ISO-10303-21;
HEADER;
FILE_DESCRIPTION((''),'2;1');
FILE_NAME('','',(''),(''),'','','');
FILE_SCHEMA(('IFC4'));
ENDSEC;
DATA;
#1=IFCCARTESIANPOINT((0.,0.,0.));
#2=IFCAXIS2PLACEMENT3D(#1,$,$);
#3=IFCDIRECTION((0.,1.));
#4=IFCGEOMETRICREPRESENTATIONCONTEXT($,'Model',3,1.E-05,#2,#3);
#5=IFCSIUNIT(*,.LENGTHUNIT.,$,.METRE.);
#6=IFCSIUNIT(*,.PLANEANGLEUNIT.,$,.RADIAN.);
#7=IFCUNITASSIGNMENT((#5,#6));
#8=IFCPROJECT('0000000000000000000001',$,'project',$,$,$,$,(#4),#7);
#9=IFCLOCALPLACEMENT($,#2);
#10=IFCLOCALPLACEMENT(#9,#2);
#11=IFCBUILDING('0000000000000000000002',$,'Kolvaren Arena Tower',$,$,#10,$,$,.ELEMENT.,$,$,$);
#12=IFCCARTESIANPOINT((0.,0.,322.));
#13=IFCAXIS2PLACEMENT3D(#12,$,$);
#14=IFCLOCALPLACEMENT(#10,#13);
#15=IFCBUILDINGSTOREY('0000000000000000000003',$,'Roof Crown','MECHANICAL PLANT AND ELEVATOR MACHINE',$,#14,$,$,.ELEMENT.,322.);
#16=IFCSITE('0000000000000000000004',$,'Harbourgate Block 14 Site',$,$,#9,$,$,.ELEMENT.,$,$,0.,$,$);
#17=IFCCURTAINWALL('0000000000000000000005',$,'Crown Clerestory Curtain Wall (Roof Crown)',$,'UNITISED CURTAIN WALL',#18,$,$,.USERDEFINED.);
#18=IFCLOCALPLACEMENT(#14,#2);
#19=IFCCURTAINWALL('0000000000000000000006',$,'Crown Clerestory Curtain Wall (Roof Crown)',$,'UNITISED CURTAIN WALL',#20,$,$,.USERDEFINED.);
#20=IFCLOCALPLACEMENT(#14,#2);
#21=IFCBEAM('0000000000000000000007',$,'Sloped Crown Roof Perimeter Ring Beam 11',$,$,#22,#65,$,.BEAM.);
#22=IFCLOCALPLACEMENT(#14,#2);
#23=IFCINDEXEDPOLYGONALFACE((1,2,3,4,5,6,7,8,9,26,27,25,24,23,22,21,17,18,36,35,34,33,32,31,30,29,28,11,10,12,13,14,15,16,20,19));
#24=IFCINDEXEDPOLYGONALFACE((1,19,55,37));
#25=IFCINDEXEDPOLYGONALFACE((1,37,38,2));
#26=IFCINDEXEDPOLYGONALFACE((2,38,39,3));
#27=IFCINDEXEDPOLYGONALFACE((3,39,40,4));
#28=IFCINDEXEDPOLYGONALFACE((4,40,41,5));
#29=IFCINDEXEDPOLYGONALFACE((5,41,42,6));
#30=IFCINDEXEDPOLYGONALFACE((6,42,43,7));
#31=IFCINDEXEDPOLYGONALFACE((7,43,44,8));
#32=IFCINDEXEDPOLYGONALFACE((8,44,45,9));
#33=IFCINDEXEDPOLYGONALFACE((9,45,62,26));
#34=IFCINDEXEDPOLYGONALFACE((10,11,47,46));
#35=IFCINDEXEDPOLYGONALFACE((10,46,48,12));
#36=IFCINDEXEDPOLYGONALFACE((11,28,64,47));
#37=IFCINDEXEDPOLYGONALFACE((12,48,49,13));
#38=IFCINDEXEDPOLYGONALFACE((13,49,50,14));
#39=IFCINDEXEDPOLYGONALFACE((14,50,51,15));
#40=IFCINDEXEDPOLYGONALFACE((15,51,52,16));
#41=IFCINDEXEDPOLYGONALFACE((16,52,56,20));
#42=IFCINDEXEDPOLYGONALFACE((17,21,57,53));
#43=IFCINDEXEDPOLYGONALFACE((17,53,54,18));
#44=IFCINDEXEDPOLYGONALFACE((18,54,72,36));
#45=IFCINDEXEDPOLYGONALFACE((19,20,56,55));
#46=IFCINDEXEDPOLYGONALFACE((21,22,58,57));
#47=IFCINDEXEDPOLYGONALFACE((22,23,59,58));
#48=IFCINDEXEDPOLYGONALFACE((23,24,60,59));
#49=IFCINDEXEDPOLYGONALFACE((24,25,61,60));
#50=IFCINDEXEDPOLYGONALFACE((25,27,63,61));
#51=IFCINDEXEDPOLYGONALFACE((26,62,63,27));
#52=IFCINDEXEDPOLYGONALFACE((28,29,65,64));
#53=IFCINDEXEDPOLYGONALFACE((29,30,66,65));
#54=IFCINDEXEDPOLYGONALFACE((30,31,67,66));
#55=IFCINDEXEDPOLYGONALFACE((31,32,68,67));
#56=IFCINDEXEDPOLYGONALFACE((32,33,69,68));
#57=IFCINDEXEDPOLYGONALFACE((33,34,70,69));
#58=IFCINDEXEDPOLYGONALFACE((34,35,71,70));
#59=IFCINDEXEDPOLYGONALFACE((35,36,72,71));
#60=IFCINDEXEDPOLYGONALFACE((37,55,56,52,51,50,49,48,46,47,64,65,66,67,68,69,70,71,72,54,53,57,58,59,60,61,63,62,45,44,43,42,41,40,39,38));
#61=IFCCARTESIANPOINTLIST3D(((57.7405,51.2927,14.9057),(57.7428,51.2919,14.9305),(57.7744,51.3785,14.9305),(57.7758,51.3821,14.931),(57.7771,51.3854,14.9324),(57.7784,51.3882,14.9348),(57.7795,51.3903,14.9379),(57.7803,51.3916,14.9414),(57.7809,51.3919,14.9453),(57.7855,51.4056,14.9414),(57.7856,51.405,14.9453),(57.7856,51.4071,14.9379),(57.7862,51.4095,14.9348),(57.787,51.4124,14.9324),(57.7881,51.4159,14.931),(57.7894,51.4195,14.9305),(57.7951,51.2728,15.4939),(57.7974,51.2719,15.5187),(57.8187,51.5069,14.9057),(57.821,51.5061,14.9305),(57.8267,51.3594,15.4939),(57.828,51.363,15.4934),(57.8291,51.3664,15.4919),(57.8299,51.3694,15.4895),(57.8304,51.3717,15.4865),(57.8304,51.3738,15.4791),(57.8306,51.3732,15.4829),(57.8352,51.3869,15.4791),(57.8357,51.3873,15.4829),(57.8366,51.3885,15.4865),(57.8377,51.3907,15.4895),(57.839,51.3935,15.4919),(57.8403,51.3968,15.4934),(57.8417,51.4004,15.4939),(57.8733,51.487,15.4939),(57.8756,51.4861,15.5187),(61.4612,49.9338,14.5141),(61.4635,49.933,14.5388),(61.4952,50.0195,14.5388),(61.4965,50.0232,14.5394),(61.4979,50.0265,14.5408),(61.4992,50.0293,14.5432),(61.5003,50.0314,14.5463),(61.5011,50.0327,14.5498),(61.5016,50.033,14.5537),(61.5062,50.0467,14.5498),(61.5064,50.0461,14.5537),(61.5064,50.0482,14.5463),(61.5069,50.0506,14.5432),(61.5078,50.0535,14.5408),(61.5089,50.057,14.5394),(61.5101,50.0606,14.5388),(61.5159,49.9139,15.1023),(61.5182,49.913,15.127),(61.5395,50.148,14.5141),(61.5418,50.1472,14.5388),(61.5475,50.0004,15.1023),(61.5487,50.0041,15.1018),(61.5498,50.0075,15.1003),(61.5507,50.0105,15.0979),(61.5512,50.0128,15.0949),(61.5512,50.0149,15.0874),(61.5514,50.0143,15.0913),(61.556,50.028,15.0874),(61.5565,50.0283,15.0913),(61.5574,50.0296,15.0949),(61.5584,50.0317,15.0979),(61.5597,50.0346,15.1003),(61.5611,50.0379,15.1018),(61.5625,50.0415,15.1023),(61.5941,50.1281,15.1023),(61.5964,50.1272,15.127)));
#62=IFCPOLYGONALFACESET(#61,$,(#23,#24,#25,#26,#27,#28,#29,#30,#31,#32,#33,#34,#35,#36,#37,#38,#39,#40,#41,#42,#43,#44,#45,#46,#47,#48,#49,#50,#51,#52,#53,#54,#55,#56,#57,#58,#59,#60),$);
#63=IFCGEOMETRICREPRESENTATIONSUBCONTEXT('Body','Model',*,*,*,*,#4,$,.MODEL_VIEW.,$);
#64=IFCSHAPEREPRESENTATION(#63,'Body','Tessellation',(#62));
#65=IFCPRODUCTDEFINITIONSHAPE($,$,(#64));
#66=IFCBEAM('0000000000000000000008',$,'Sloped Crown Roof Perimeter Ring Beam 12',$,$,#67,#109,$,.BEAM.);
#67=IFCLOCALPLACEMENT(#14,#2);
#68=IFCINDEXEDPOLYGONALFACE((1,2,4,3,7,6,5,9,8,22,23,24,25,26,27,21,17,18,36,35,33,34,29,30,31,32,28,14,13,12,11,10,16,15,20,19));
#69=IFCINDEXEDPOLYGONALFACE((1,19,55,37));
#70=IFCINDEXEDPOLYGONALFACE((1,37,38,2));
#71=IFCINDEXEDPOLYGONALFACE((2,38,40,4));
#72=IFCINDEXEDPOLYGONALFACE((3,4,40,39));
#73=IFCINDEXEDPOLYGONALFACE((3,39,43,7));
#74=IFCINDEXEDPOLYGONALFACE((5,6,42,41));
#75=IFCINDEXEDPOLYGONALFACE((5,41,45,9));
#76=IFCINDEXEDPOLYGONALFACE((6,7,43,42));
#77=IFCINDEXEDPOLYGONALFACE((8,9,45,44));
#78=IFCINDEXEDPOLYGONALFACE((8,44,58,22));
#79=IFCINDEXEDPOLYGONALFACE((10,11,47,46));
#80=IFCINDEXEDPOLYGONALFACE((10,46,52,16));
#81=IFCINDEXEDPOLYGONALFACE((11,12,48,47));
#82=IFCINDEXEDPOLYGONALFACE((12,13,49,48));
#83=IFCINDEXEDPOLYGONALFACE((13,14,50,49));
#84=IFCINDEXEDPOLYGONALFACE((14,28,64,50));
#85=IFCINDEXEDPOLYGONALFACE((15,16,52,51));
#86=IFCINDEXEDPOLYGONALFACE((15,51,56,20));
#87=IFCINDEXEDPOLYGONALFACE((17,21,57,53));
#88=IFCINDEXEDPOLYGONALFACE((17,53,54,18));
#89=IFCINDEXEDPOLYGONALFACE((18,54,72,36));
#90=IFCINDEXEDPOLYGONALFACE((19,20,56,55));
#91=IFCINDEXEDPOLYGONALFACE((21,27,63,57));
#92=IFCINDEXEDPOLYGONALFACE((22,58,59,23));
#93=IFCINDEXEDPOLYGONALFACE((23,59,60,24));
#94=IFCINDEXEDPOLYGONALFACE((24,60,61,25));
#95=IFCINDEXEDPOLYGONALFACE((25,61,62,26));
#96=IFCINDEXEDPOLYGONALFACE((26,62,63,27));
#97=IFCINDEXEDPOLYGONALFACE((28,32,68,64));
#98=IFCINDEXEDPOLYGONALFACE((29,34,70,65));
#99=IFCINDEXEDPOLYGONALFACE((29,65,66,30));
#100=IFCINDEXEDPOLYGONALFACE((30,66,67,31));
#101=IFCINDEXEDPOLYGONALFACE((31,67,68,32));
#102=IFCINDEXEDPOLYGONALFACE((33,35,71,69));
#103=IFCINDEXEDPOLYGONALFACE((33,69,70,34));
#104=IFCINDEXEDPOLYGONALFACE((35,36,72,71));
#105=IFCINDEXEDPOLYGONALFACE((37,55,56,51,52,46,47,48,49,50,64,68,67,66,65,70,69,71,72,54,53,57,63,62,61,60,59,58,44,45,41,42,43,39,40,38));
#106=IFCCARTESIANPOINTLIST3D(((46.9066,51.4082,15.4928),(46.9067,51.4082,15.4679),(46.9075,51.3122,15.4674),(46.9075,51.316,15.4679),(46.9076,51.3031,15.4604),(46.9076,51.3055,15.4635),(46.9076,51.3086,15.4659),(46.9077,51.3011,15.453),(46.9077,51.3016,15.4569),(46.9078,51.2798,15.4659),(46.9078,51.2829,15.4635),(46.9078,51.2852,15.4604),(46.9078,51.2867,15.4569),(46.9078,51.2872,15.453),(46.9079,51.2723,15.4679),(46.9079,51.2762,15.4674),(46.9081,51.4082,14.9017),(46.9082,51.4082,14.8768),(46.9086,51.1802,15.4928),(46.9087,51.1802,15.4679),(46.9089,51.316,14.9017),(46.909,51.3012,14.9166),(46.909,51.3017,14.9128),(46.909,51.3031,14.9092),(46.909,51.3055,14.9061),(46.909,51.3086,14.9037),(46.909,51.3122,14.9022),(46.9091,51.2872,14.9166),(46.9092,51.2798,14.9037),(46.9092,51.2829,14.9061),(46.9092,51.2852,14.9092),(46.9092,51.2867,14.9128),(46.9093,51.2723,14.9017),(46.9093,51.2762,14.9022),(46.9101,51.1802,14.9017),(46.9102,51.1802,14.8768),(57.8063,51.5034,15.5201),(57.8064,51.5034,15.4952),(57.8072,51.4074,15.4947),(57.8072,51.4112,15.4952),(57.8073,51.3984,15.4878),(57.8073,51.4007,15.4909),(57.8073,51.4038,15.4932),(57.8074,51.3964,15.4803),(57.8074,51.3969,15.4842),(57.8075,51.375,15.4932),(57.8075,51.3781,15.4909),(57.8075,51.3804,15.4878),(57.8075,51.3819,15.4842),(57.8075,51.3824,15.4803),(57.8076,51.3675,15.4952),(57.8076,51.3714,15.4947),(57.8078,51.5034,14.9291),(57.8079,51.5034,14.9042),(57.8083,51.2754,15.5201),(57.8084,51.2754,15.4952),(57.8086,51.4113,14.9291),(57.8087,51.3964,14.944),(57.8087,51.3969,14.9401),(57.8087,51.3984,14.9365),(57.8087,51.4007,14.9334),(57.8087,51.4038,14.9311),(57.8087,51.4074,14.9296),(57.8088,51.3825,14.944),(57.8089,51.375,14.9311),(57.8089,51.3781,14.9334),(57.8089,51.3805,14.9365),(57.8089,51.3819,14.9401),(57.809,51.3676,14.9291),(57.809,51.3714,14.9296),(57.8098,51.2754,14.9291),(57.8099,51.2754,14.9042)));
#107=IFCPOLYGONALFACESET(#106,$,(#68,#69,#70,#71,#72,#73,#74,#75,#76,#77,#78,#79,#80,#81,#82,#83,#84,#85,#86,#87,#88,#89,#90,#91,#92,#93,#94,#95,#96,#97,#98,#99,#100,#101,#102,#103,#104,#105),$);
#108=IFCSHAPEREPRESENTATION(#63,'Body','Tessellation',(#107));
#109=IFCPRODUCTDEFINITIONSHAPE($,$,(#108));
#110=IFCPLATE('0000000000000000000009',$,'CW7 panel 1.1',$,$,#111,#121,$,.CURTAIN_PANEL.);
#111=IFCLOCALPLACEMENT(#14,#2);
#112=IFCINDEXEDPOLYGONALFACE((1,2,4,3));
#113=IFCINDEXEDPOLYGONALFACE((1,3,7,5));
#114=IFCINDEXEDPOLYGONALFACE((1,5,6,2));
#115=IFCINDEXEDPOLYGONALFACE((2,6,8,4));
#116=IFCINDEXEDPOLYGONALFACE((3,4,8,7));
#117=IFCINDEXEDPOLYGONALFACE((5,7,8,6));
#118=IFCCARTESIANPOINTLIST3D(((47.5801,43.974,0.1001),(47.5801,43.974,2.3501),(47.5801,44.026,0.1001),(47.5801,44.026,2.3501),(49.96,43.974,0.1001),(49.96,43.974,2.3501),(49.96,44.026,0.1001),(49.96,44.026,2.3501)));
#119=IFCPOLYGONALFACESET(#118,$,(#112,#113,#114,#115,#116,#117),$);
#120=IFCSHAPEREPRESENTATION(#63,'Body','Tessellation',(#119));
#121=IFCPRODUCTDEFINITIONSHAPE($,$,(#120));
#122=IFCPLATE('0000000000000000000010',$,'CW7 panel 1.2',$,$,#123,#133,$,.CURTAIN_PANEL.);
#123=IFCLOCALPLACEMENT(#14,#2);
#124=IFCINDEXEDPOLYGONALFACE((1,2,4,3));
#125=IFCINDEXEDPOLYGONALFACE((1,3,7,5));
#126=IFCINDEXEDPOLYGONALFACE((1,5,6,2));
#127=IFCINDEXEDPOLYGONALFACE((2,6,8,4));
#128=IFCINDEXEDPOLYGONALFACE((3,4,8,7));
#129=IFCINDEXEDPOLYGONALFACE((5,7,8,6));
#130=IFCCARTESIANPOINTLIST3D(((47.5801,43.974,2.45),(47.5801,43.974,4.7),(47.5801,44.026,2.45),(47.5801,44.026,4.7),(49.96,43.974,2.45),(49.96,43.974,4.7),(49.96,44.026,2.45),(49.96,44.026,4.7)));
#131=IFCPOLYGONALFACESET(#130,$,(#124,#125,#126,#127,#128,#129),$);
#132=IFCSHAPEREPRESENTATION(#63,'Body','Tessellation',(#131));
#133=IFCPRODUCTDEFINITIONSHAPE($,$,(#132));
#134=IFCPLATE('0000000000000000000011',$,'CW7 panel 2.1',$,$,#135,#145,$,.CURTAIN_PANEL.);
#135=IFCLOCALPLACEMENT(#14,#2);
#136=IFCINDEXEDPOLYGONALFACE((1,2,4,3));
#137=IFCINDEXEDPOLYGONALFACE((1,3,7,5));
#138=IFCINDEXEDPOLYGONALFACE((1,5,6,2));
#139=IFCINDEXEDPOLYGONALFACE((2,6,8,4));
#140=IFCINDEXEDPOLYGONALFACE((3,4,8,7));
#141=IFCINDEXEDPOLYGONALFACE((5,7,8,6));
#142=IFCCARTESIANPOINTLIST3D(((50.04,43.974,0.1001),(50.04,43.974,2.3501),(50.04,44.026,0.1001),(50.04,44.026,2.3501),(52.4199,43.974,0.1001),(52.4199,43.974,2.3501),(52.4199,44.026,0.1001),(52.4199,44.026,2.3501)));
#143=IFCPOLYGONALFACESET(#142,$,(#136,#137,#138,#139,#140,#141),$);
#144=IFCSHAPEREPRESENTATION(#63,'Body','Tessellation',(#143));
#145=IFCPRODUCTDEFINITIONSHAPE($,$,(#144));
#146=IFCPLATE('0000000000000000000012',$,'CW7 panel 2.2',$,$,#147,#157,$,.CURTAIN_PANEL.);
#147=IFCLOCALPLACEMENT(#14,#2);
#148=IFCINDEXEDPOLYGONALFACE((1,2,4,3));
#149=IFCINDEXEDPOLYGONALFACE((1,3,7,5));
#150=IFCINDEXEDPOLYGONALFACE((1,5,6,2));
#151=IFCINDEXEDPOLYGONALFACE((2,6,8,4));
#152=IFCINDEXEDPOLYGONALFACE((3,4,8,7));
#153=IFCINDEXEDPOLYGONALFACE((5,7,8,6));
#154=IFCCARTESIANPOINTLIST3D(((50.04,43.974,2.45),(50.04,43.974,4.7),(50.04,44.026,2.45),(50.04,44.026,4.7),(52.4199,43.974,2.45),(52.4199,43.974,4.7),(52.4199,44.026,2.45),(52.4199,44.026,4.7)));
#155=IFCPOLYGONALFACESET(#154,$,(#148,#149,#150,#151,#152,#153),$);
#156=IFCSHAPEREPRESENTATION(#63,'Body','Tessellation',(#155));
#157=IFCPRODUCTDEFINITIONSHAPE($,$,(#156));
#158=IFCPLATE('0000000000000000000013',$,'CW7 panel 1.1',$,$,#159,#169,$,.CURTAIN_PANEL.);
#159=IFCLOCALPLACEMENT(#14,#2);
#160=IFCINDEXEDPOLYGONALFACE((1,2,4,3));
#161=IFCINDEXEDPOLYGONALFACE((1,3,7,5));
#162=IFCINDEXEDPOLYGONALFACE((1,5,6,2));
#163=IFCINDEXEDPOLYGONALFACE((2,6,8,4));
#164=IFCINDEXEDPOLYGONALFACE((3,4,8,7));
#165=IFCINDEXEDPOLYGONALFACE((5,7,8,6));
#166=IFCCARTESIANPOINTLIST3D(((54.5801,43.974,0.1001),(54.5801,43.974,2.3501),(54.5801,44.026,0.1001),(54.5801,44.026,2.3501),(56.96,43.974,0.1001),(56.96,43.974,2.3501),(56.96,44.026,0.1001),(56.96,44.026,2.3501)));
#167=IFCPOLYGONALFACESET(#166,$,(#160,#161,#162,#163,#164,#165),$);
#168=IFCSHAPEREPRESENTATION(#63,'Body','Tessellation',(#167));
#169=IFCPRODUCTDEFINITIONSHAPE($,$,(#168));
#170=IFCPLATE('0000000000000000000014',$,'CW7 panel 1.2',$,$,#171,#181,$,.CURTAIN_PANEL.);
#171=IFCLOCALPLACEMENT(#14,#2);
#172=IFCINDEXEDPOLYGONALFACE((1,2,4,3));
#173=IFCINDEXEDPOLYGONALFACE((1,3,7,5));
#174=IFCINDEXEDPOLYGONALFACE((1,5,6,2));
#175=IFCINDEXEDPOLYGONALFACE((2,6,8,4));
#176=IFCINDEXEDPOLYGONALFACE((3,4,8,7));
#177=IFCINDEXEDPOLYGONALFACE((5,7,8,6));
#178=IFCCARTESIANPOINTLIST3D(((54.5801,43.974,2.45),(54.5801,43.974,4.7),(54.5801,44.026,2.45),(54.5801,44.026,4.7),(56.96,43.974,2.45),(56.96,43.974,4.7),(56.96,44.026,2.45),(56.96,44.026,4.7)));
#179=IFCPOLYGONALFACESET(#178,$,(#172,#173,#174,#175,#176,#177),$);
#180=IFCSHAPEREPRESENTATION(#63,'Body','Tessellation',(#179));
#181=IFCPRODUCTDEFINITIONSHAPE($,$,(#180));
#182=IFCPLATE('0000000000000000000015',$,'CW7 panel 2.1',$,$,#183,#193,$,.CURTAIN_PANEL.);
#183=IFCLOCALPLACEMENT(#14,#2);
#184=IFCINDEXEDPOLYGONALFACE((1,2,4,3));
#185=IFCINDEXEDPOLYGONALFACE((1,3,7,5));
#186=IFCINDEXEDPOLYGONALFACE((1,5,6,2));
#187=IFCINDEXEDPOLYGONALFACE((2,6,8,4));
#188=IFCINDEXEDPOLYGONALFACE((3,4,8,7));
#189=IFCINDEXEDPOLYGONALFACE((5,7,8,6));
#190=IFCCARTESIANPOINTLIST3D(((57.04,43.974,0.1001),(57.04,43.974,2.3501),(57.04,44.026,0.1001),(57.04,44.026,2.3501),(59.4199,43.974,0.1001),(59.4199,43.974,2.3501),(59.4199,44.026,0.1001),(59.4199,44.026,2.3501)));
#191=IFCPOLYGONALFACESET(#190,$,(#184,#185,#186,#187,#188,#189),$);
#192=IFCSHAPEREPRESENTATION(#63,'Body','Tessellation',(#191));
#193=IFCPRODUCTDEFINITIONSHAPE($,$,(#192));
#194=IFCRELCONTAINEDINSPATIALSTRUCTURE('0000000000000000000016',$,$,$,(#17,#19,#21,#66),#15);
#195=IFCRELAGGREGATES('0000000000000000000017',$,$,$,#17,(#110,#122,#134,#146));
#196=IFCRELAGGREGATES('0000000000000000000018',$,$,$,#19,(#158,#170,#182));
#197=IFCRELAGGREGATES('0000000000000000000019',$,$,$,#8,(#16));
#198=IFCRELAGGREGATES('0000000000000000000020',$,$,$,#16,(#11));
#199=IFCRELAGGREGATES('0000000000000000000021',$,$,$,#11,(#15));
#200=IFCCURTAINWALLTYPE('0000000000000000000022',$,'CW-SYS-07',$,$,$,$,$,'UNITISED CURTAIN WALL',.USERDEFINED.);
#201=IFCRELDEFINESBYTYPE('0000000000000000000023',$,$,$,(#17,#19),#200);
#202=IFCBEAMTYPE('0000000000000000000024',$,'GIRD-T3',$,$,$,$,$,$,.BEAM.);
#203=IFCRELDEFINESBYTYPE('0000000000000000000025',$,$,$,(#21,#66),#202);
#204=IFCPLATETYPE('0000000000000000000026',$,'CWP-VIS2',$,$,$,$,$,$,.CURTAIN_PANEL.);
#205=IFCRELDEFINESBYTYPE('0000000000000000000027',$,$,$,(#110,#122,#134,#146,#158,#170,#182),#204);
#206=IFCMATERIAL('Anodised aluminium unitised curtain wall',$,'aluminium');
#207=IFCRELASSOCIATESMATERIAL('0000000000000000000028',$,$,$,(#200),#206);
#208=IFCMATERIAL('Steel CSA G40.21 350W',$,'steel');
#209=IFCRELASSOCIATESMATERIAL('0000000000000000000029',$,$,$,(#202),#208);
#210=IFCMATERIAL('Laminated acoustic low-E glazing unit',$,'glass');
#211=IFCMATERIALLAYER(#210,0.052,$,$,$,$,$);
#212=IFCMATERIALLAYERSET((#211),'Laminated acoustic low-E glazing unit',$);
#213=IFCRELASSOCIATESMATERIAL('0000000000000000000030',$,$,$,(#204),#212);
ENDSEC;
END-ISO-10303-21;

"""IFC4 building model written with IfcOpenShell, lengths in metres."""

from ifc_helpers import new_model, si_unit, direction, frame, origin, origin_2d, place, context, subcontext, project, spatial, rectangle, i_section, extrude, material, layer, layer_set, material_profile, profile_set, type_object, element, aggregate, save


model = new_model("IFC4")

# Units and contexts
model_context = context("Model", 3, precision=1e-05, world=origin(), true_north=direction((0.0, 1.0)))
body_context = subcontext(model_context, "Body", "Model", "MODEL_VIEW")
ifc_project = project(units=[si_unit("LENGTHUNIT", "METRE"), si_unit("PLANEANGLEUNIT", "RADIAN")], contexts=[model_context])

# Site, building, storey
site_placement = place(None, origin())
site = spatial("IfcSite", under=ifc_project, at=site_placement, Name="Harbourgate Block 14 Site", CompositionType="ELEMENT", RefElevation=0.0)
building_placement = place(site_placement, origin())
building = spatial("IfcBuilding", under=site, at=building_placement, Name="Kolvaren Arena Tower", CompositionType="ELEMENT")
storey_placement = place(building_placement, frame((0.0, 0.0, 322.0)))
storey = spatial("IfcBuildingStorey", under=building, at=storey_placement, Name="Roof Crown", Description="MECHANICAL PLANT AND ELEVATOR MACHINE", CompositionType="ELEMENT", Elevation=322.0)

# Curtain walls
ifc_material_1 = material(Name="Anodised aluminium unitised curtain wall", Category="aluminium")
curtain_wall_type = type_object("IfcCurtainWallType", Name="CW-SYS-07", ElementType="UNITISED CURTAIN WALL", PredefinedType="USERDEFINED", material=ifc_material_1)
curtain_wall_1_placement = place(storey_placement, origin())
curtain_wall_1 = element("IfcCurtainWall", 1, at=curtain_wall_1_placement, inside=storey, type_object=curtain_wall_type, Name="Crown Clerestory Curtain Wall (Roof Crown)", ObjectType="UNITISED CURTAIN WALL", PredefinedType="USERDEFINED")
curtain_wall_2_placement = place(storey_placement, origin())
curtain_wall_2 = element("IfcCurtainWall", 2, at=curtain_wall_2_placement, inside=storey, type_object=curtain_wall_type, Name="Crown Clerestory Curtain Wall (Roof Crown)", ObjectType="UNITISED CURTAIN WALL", PredefinedType="USERDEFINED")

# Beams
ifc_material_2 = material(Name="Steel CSA G40.21 350W", Category="steel")
ifc_material_profile_1 = material_profile(ifc_material_2, i_section(OverallWidth=0.228, OverallDepth=0.616, WebThickness=0.0139, FlangeThickness=0.0249, FilletRadius=0.0149, at=origin_2d()), Name="W610x174")
ifc_profile_set_1 = profile_set([ifc_material_profile_1], Name="Steel CSA G40.21 350W")
beam_type = type_object("IfcBeamType", Name="GIRD-T3", PredefinedType="BEAM", material=ifc_profile_set_1)
beam_1_placement = place(storey_placement, frame((61.5288, 50.0305, 14.8206), z_axis=(-0.934757, 0.341395, 0.098383), x_axis=(-0.343059, -0.939314, 0.0)))
element("IfcBeam", 3, at=beam_1_placement, inside=storey, type_object=beam_type, Name="Sloped Crown Roof Perimeter Ring Beam 11", PredefinedType="BEAM", context=body_context, shape_type="SweptSolid", body=[
    extrude(i_section(OverallWidth=0.228, OverallDepth=0.616, WebThickness=0.0139, FlangeThickness=0.0249, FilletRadius=0.0149, at=origin_2d()), origin(), (0.0, 0.0, 1.0), 3.9805),
])
beam_2_placement = place(storey_placement, frame((57.8081, 51.3894, 15.2122), z_axis=(-0.999959, -0.008735, -0.002509), x_axis=(0.008735, -0.999962, 0.0)))
element("IfcBeam", 4, at=beam_2_placement, inside=storey, type_object=beam_type, Name="Sloped Crown Roof Perimeter Ring Beam 12", PredefinedType="BEAM", context=body_context, shape_type="SweptSolid", body=[
    extrude(i_section(OverallWidth=0.228, OverallDepth=0.616, WebThickness=0.0139, FlangeThickness=0.0249, FilletRadius=0.0149, at=origin_2d()), origin(), (0.0, 0.0, 1.0), 10.9001),
])

# Plates
ifc_material_3 = material(Name="Laminated acoustic low-E glazing unit", Category="glass")
ifc_layer_1 = layer(ifc_material_3, 0.052)
ifc_layer_set_1 = layer_set([ifc_layer_1], Name="Laminated acoustic low-E glazing unit")
plate_type_1 = type_object("IfcPlateType", Name="CWP-VIS2", PredefinedType="CURTAIN_PANEL", material=ifc_layer_set_1)
plate_1_placement = place(storey_placement, frame((48.77, 44.0, 0.1001), z_axis=(0.0, 0.0, 1.0), x_axis=(1.0, 0.0, 0.0)))
plate_1 = element("IfcPlate", 5, at=plate_1_placement, type_object=plate_type_1, Name="CW7 panel 1.1", PredefinedType="CURTAIN_PANEL", context=body_context, shape_type="SweptSolid", body=[
    extrude(rectangle(XDim=2.3799, YDim=0.052, at=origin_2d()), origin(), (0.0, 0.0, 1.0), 2.25),
])
plate_2_placement = place(storey_placement, frame((48.77, 44.0, 2.45), z_axis=(0.0, 0.0, 1.0), x_axis=(1.0, 0.0, 0.0)))
plate_2 = element("IfcPlate", 6, at=plate_2_placement, type_object=plate_type_1, Name="CW7 panel 1.2", PredefinedType="CURTAIN_PANEL", context=body_context, shape_type="SweptSolid", body=[
    extrude(rectangle(XDim=2.3799, YDim=0.052, at=origin_2d()), origin(), (0.0, 0.0, 1.0), 2.25),
])
plate_3_placement = place(storey_placement, frame((51.23, 44.0, 0.1001), z_axis=(0.0, 0.0, 1.0), x_axis=(1.0, 0.0, 0.0)))
plate_3 = element("IfcPlate", 7, at=plate_3_placement, type_object=plate_type_1, Name="CW7 panel 2.1", PredefinedType="CURTAIN_PANEL", context=body_context, shape_type="SweptSolid", body=[
    extrude(rectangle(XDim=2.3799, YDim=0.052, at=origin_2d()), origin(), (0.0, 0.0, 1.0), 2.25),
])
plate_4_placement = place(storey_placement, frame((51.23, 44.0, 2.45), z_axis=(0.0, 0.0, 1.0), x_axis=(1.0, 0.0, 0.0)))
plate_4 = element("IfcPlate", 8, at=plate_4_placement, type_object=plate_type_1, Name="CW7 panel 2.2", PredefinedType="CURTAIN_PANEL", context=body_context, shape_type="SweptSolid", body=[
    extrude(rectangle(XDim=2.3799, YDim=0.052, at=origin_2d()), origin(), (0.0, 0.0, 1.0), 2.25),
])
aggregate(curtain_wall_1, [plate_1, plate_2, plate_3, plate_4])
plate_5_placement = place(storey_placement, frame((55.77, 44.0, 0.1001), z_axis=(0.0, 0.0, 1.0), x_axis=(1.0, 0.0, 0.0)))
plate_5 = element("IfcPlate", 9, at=plate_5_placement, type_object=plate_type_1, Name="CW7 panel 1.1", PredefinedType="CURTAIN_PANEL", context=body_context, shape_type="SweptSolid", body=[
    extrude(rectangle(XDim=2.3799, YDim=0.052, at=origin_2d()), origin(), (0.0, 0.0, 1.0), 2.25),
])
plate_6_placement = place(storey_placement, frame((55.77, 44.0, 2.45), z_axis=(0.0, 0.0, 1.0), x_axis=(1.0, 0.0, 0.0)))
plate_6 = element("IfcPlate", 10, at=plate_6_placement, type_object=plate_type_1, Name="CW7 panel 1.2", PredefinedType="CURTAIN_PANEL", context=body_context, shape_type="SweptSolid", body=[
    extrude(rectangle(XDim=2.3799, YDim=0.052, at=origin_2d()), origin(), (0.0, 0.0, 1.0), 2.25),
])
plate_7_placement = place(storey_placement, frame((58.23, 44.0, 0.1001), z_axis=(0.0, 0.0, 1.0), x_axis=(1.0, 0.0, 0.0)))
plate_7 = element("IfcPlate", 11, at=plate_7_placement, type_object=plate_type_1, Name="CW7 panel 2.1", PredefinedType="CURTAIN_PANEL", context=body_context, shape_type="SweptSolid", body=[
    extrude(rectangle(XDim=2.3799, YDim=0.052, at=origin_2d()), origin(), (0.0, 0.0, 1.0), 2.25),
])
aggregate(curtain_wall_2, [plate_5, plate_6, plate_7])

save(model, "model.ifc")
